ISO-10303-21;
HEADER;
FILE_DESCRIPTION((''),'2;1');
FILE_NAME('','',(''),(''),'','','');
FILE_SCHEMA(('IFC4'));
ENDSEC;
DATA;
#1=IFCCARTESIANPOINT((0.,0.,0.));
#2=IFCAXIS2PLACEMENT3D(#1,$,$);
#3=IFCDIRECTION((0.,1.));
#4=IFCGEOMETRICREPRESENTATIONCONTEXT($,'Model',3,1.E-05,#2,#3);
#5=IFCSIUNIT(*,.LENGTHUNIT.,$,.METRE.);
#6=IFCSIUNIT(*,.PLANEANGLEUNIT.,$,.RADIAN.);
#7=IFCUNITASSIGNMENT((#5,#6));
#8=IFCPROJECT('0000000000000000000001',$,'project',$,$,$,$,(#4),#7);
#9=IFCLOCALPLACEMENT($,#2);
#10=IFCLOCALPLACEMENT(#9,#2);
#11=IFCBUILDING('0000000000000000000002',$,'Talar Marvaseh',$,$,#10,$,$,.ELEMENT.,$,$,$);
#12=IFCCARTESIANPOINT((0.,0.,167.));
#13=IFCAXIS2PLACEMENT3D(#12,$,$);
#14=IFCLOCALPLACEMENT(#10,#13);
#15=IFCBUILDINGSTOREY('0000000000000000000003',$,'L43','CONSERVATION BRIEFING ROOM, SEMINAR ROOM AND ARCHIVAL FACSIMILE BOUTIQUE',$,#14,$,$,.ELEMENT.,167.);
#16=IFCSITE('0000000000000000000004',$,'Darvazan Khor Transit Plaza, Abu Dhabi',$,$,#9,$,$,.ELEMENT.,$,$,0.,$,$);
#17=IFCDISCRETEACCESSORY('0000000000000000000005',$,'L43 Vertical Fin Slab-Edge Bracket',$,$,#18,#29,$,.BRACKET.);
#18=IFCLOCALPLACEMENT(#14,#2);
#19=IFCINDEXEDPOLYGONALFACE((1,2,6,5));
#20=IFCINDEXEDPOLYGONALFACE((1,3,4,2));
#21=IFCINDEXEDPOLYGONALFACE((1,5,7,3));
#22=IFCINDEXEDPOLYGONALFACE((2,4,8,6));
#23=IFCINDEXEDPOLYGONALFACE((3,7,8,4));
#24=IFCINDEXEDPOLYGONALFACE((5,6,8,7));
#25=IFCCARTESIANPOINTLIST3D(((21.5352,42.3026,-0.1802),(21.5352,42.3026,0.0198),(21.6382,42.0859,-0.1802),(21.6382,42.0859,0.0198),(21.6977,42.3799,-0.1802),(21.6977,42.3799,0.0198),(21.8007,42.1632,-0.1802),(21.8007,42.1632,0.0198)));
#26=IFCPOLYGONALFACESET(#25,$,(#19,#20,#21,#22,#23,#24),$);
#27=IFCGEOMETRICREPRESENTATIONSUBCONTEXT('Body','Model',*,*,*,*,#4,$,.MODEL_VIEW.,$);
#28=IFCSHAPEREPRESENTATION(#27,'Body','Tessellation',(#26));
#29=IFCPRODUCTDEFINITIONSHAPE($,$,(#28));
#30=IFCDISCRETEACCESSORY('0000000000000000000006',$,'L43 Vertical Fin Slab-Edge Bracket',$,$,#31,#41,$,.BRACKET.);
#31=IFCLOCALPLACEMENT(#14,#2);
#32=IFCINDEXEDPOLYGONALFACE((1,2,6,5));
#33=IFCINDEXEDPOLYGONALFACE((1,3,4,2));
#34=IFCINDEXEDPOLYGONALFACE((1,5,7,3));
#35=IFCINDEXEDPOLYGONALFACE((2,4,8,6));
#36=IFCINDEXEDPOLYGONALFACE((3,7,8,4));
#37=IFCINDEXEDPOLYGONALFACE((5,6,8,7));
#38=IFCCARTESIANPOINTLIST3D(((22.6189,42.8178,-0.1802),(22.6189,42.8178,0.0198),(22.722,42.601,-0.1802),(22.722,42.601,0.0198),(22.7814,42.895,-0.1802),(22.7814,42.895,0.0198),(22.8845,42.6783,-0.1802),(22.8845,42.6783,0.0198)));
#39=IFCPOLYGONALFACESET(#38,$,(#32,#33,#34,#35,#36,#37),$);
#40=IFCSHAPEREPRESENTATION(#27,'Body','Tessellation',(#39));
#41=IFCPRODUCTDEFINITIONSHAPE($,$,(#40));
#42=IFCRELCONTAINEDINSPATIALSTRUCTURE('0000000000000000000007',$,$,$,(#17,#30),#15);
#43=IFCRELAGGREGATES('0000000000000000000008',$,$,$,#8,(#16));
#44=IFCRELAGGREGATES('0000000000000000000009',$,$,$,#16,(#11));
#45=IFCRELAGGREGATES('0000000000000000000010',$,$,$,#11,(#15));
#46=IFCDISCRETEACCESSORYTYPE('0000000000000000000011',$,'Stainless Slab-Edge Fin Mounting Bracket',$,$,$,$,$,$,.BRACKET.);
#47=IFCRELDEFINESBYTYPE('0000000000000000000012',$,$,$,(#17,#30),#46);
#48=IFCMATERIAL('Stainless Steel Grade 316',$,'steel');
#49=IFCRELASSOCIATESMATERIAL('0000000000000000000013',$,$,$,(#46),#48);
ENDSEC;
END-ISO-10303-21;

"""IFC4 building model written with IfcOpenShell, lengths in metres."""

from ifc_helpers import new_model, si_unit, direction, frame, origin, origin_2d, place, context, subcontext, project, spatial, rectangle, extrude, source, transform, mapped, material, type_object, type_shapes, element, save


model = new_model("IFC4")

# Units and contexts
model_context = context("Model", 3, precision=1e-05, world=origin(), true_north=direction((0.0, 1.0)))
body_context = subcontext(model_context, "Body", "Model", "MODEL_VIEW")
ifc_project = project(units=[si_unit("LENGTHUNIT", "METRE"), si_unit("PLANEANGLEUNIT", "RADIAN")], contexts=[model_context])

# Site, building, storey
site_placement = place(None, origin())
site = spatial("IfcSite", under=ifc_project, at=site_placement, Name="Darvazan Khor Transit Plaza, Abu Dhabi", CompositionType="ELEMENT", RefElevation=0.0)
building_placement = place(site_placement, origin())
building = spatial("IfcBuilding", under=site, at=building_placement, Name="Talar Marvaseh", CompositionType="ELEMENT")
storey_placement = place(building_placement, frame((0.0, 0.0, 167.0)))
storey = spatial("IfcBuildingStorey", under=building, at=storey_placement, Name="L43", Description="CONSERVATION BRIEFING ROOM, SEMINAR ROOM AND ARCHIVAL FACSIMILE BOUTIQUE", CompositionType="ELEMENT", Elevation=167.0)

# Discrete accessories
ifc_material_1 = material(Name="Stainless Steel Grade 316", Category="steel")
discrete_accessory_type = type_object("IfcDiscreteAccessoryType", Name="Stainless Slab-Edge Fin Mounting Bracket", PredefinedType="BRACKET", material=ifc_material_1)
shared_shape_1 = source(origin(), body_context, "Body", "SweptSolid", [
    extrude(rectangle(XDim=0.24, YDim=0.1799, at=origin_2d()), origin(), (0.0, 0.0, 1.0), 0.2),
])
type_shapes(discrete_accessory_type, [shared_shape_1])
for number, where, z_axis, x_axis, name in (
    (1, (21.668, 42.2329, -0.1802), (0.0, 0.0, 1.0), (-0.429408, 0.903111, 0.0), "L43 Vertical Fin Slab-Edge Bracket"),
    (2, (22.7517, 42.748, -0.1802), (0.0, 0.0, 1.0), (-0.429408, 0.903111, 0.0), "L43 Vertical Fin Slab-Edge Bracket"),
):
    element("IfcDiscreteAccessory", number, at=place(storey_placement, frame(where, z_axis=z_axis, x_axis=x_axis)), inside=storey, type_object=discrete_accessory_type, Name=name, PredefinedType="BRACKET", context=body_context, shape_type="MappedRepresentation", body=[
        mapped(shared_shape_1, transform((0.0, 0.0, 0.0), x_axis=(1.0, 0.0, 0.0), y_axis=(0.0, 1.0, 0.0), z_axis=(0.0, 0.0, 1.0), scale=1.0)),
    ])

save(model, "model.ifc")
